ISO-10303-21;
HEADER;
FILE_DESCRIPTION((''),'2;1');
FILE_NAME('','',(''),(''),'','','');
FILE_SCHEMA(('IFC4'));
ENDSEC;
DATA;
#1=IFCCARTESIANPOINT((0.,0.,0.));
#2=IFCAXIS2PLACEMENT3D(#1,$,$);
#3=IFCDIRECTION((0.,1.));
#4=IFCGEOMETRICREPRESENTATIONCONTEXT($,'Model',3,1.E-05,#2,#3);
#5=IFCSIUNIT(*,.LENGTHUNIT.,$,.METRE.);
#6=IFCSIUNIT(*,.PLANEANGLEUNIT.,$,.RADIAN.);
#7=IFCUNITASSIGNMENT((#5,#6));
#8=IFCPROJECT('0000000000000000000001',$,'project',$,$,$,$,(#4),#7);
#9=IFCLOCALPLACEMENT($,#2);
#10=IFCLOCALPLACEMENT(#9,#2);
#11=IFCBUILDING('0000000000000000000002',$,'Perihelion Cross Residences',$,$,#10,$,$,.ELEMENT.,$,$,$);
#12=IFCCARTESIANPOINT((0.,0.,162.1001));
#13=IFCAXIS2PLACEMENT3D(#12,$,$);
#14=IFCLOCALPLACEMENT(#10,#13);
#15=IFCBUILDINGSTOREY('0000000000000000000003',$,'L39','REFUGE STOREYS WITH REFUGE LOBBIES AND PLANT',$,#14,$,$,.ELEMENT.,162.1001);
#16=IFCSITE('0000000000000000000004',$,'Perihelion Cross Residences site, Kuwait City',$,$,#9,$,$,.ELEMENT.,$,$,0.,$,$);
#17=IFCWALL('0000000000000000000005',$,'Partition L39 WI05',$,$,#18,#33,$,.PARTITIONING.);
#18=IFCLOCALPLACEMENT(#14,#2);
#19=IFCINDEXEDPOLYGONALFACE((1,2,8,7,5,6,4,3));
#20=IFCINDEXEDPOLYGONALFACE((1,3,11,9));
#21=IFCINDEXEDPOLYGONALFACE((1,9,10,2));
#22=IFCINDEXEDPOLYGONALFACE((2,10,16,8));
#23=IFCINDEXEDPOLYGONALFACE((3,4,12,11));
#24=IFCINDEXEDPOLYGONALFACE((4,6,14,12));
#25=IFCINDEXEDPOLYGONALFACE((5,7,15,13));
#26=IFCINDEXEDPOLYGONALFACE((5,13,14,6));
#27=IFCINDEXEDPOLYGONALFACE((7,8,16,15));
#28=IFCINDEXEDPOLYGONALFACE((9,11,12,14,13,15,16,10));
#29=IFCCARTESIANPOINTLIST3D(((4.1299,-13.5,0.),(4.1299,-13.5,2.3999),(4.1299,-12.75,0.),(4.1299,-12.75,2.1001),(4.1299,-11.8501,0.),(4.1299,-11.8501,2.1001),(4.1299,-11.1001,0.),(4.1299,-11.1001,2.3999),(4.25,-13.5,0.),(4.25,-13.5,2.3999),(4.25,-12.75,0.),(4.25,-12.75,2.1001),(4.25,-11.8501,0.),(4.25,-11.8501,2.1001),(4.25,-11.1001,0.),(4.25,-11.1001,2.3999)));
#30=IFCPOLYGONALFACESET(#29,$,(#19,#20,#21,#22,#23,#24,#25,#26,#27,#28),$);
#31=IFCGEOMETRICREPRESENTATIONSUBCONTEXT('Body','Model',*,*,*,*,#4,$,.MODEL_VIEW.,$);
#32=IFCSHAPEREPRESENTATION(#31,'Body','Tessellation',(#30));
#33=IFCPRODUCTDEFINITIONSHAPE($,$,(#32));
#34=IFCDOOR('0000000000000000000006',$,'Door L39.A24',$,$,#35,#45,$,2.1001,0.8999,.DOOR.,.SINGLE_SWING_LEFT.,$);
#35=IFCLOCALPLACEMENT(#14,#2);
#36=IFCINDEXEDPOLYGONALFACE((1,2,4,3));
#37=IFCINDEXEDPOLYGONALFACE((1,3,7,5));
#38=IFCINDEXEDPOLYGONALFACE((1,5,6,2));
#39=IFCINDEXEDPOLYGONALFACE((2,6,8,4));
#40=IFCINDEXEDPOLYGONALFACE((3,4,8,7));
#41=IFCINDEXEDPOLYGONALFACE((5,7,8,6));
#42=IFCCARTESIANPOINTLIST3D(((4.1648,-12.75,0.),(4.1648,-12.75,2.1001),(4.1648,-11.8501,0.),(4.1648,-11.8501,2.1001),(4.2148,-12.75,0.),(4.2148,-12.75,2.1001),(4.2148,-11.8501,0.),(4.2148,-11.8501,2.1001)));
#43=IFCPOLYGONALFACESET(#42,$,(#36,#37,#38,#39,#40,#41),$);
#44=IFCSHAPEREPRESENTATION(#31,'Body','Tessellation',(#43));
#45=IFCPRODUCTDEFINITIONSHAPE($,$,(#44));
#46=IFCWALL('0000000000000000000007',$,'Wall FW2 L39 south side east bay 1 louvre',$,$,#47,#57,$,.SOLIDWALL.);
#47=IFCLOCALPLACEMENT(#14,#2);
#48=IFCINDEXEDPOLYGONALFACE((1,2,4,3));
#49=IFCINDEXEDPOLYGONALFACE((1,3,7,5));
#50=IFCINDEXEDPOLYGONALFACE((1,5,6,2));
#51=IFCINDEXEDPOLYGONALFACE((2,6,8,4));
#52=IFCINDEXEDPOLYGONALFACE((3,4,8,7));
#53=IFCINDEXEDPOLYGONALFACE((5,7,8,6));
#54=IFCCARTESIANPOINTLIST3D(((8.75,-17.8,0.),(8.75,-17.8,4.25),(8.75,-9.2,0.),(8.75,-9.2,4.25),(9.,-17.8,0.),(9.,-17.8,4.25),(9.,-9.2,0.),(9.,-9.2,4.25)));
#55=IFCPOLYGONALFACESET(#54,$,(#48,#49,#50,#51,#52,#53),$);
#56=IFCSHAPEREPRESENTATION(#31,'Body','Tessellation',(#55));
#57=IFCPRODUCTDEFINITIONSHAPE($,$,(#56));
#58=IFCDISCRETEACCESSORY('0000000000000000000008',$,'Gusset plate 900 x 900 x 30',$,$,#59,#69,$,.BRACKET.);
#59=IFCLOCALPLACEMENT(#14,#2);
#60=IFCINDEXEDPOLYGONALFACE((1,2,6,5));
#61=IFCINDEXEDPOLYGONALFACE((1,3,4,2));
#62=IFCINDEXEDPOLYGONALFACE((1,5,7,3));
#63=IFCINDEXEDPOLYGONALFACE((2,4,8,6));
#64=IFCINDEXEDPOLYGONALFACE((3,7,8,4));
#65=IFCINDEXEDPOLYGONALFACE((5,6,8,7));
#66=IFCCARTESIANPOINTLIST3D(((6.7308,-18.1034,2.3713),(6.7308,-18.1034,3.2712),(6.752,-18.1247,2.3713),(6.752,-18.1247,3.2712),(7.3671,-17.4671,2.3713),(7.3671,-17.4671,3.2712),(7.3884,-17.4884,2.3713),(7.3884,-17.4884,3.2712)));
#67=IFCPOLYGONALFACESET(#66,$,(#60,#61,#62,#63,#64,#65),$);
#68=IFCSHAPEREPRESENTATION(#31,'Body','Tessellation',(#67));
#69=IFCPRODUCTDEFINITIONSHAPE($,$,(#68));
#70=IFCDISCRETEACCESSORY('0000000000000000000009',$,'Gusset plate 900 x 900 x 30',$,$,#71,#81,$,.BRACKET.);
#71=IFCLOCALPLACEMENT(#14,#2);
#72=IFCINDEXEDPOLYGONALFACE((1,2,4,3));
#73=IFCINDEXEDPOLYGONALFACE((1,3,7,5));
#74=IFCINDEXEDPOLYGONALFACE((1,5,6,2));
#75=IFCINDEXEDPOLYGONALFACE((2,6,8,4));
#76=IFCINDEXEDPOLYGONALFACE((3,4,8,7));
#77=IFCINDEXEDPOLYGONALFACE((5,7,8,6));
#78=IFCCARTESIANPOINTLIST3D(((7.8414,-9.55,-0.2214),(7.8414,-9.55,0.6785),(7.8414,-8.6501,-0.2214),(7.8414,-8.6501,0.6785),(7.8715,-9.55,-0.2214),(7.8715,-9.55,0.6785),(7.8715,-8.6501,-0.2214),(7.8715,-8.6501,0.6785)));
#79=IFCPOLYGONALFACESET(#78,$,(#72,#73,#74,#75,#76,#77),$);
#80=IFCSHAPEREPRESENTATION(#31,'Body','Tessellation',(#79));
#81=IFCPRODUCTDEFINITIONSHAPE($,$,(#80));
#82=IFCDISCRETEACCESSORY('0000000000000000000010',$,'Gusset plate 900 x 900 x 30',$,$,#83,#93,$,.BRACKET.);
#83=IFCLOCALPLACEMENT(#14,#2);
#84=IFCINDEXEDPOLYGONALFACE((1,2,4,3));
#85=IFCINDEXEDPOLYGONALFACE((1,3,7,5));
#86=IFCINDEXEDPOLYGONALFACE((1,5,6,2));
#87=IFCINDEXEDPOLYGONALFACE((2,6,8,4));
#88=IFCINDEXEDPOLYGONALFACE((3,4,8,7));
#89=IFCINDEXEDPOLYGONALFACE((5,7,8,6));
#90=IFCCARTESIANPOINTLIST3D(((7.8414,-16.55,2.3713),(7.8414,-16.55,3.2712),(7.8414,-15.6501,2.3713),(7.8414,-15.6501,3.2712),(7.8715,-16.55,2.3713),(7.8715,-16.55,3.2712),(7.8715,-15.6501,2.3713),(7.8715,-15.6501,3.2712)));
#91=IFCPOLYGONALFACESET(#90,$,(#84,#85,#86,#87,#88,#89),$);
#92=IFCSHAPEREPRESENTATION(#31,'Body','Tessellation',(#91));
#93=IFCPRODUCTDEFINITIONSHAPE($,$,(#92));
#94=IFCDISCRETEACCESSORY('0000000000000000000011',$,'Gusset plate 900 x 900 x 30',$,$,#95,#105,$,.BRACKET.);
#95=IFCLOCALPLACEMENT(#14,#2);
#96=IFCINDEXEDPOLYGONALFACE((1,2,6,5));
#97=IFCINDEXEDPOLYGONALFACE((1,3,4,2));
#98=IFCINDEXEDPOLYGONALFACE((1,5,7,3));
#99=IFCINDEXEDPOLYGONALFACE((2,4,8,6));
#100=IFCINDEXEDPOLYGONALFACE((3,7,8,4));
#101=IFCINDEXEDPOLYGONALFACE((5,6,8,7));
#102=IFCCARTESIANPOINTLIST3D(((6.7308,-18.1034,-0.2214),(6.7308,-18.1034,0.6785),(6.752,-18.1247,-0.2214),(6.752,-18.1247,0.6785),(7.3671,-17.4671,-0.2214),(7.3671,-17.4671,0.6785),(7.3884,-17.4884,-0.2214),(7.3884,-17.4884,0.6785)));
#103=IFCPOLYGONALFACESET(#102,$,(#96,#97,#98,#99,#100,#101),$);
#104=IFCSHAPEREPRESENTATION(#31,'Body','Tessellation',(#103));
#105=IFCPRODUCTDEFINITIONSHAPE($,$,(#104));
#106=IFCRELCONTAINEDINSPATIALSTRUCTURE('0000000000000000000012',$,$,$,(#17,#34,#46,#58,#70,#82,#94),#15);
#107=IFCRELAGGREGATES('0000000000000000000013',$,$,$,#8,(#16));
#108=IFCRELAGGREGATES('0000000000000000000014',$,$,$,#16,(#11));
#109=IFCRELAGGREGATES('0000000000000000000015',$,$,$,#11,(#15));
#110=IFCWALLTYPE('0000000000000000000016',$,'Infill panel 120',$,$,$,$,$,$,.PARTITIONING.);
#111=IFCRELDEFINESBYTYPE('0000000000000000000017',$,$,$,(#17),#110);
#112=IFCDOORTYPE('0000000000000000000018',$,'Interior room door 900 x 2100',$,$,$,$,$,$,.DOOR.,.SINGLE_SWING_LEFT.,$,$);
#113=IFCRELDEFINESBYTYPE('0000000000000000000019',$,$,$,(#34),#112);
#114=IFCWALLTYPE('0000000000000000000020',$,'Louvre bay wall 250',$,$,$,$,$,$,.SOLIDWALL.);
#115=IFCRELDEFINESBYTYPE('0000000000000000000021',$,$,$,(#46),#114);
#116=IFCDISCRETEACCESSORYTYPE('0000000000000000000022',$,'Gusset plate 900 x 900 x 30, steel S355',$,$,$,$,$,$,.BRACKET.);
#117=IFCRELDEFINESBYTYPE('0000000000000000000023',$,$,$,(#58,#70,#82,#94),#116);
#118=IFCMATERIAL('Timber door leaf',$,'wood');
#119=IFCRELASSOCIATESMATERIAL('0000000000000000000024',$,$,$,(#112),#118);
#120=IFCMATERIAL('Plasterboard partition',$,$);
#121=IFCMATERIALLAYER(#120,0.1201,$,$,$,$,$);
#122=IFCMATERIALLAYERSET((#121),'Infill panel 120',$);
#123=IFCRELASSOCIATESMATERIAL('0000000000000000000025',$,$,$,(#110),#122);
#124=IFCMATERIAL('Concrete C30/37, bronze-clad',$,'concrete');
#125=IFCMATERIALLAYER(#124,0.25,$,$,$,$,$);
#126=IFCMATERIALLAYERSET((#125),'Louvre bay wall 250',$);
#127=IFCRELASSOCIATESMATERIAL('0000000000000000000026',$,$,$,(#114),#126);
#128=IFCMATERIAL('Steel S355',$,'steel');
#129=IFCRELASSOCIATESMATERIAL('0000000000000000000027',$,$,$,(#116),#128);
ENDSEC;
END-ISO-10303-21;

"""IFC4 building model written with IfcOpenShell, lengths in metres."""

from ifc_helpers import new_model, si_unit, direction, frame, frame_2d, origin, origin_2d, place, context, subcontext, project, spatial, rectangle, extrude, material, layer, layer_set, type_object, element, fill, save


model = new_model("IFC4")

# Units and contexts
model_context = context("Model", 3, precision=1e-05, world=origin(), true_north=direction((0.0, 1.0)))
body_context = subcontext(model_context, "Body", "Model", "MODEL_VIEW")
ifc_project = project(units=[si_unit("LENGTHUNIT", "METRE"), si_unit("PLANEANGLEUNIT", "RADIAN")], contexts=[model_context])

# Site, building, storey
site_placement = place(None, origin())
site = spatial("IfcSite", under=ifc_project, at=site_placement, Name="Perihelion Cross Residences site, Kuwait City", CompositionType="ELEMENT", RefElevation=0.0)
building_placement = place(site_placement, origin())
building = spatial("IfcBuilding", under=site, at=building_placement, Name="Perihelion Cross Residences", CompositionType="ELEMENT")
storey_placement = place(building_placement, frame((0.0, 0.0, 162.1001)))
storey = spatial("IfcBuildingStorey", under=building, at=storey_placement, Name="L39", Description="REFUGE STOREYS WITH REFUGE LOBBIES AND PLANT", CompositionType="ELEMENT", Elevation=162.1001)

# Shared definitions
ifc_material_1 = material(Name="Timber door leaf", Category="wood")
door_type_1 = type_object("IfcDoorType", Name="Interior room door 900 x 2100", OperationType="SINGLE_SWING_LEFT", PredefinedType="DOOR", material=ifc_material_1)

# Wall, opening, door
ifc_material_2 = material(Name="Plasterboard partition")
ifc_layer_1 = layer(ifc_material_2, 0.1201)
ifc_layer_set_1 = layer_set([ifc_layer_1], Name="Infill panel 120")
wall_type_1 = type_object("IfcWallType", Name="Infill panel 120", PredefinedType="PARTITIONING", material=ifc_layer_set_1)
wall_1_placement = place(storey_placement, frame((4.1899, -11.1001, 0.0), z_axis=(0.0, 0.0, 1.0), x_axis=(0.0, -1.0, 0.0)))
wall_1 = element("IfcWall", 1, at=wall_1_placement, inside=storey, type_object=wall_type_1, Name="Partition L39 WI05", PredefinedType="PARTITIONING", context=body_context, shape_type="SweptSolid", body=[
    extrude(rectangle(XDim=2.3999, YDim=0.1201, at=frame_2d((1.2, 0.0))), origin(), (0.0, 0.0, 1.0), 2.3999),
])
opening_1_placement = place(wall_1_placement, frame((0.75, 0.0, 0.0)))
opening_1 = element("IfcOpeningElement", 2, at=opening_1_placement, cuts=wall_1, PredefinedType="OPENING", context=body_context, shape_type="SweptSolid", body=[
    extrude(rectangle(XDim=0.8999, YDim=2.1001, at=frame_2d((0.45, 1.05))), frame((0.0, 0.0701, 0.0), z_axis=(0.0, -1.0, 0.0), x_axis=(1.0, 0.0, 0.0)), (0.0, 0.0, 1.0), 0.1401),
])
door_1_placement = place(opening_1_placement, origin())
door_1 = element("IfcDoor", 3, at=door_1_placement, inside=storey, type_object=door_type_1, Name="Door L39.A24", OperationType="SINGLE_SWING_LEFT", OverallHeight=2.1001, OverallWidth=0.8999, PredefinedType="DOOR", context=body_context, shape_type="SweptSolid", body=[
    extrude(rectangle(XDim=0.8999, YDim=2.1001, at=frame_2d((0.45, 1.05))), frame((0.0, 0.0249, 0.0), z_axis=(0.0, -1.0, 0.0), x_axis=(1.0, 0.0, 0.0)), (0.0, 0.0, 1.0), 0.05),
])
fill(opening_1, door_1)

# Wall
ifc_material_3 = material(Name="Concrete C30/37, bronze-clad", Category="concrete")
ifc_layer_2 = layer(ifc_material_3, 0.25)
ifc_layer_set_2 = layer_set([ifc_layer_2], Name="Louvre bay wall 250")
wall_type_2 = type_object("IfcWallType", Name="Louvre bay wall 250", PredefinedType="SOLIDWALL", material=ifc_layer_set_2)
wall_2_placement = place(storey_placement, frame((8.875, -17.8, 0.0), z_axis=(0.0, 0.0, 1.0), x_axis=(0.0, 1.0, 0.0)))
element("IfcWall", 4, at=wall_2_placement, inside=storey, type_object=wall_type_2, Name="Wall FW2 L39 south side east bay 1 louvre", PredefinedType="SOLIDWALL", context=body_context, shape_type="SweptSolid", body=[
    extrude(rectangle(XDim=8.6001, YDim=0.25, at=frame_2d((4.3, 0.0))), origin(), (0.0, 0.0, 1.0), 4.25),
])

# Discrete accessories
ifc_material_4 = material(Name="Steel S355", Category="steel")
discrete_accessory_type = type_object("IfcDiscreteAccessoryType", Name="Gusset plate 900 x 900 x 30, steel S355", PredefinedType="BRACKET", material=ifc_material_4)
for number, where, z_axis, x_axis, name in (
    (5, (7.0596, -17.7959, 2.3713), (0.0, 0.0, 1.0), (-0.707107, -0.707107, 0.0), "Gusset plate 900 x 900 x 30"),
    (6, (7.8564, -9.1001, -0.2214), (0.0, 0.0, 1.0), (0.0, -1.0, 0.0), "Gusset plate 900 x 900 x 30"),
    (7, (7.8564, -16.1001, 2.3713), (0.0, 0.0, 1.0), (0.0, 1.0, 0.0), "Gusset plate 900 x 900 x 30"),
    (8, (7.0596, -17.7959, -0.2214), (0.0, 0.0, 1.0), (-0.707107, -0.707107, 0.0), "Gusset plate 900 x 900 x 30"),
):
    element("IfcDiscreteAccessory", number, at=place(storey_placement, frame(where, z_axis=z_axis, x_axis=x_axis)), inside=storey, type_object=discrete_accessory_type, Name=name, PredefinedType="BRACKET", context=body_context, shape_type="SweptSolid", body=[
        extrude(rectangle(XDim=0.8999, YDim=0.03, at=origin_2d()), origin(), (0.0, 0.0, 1.0), 0.8999),
    ])

save(model, "model.ifc")
